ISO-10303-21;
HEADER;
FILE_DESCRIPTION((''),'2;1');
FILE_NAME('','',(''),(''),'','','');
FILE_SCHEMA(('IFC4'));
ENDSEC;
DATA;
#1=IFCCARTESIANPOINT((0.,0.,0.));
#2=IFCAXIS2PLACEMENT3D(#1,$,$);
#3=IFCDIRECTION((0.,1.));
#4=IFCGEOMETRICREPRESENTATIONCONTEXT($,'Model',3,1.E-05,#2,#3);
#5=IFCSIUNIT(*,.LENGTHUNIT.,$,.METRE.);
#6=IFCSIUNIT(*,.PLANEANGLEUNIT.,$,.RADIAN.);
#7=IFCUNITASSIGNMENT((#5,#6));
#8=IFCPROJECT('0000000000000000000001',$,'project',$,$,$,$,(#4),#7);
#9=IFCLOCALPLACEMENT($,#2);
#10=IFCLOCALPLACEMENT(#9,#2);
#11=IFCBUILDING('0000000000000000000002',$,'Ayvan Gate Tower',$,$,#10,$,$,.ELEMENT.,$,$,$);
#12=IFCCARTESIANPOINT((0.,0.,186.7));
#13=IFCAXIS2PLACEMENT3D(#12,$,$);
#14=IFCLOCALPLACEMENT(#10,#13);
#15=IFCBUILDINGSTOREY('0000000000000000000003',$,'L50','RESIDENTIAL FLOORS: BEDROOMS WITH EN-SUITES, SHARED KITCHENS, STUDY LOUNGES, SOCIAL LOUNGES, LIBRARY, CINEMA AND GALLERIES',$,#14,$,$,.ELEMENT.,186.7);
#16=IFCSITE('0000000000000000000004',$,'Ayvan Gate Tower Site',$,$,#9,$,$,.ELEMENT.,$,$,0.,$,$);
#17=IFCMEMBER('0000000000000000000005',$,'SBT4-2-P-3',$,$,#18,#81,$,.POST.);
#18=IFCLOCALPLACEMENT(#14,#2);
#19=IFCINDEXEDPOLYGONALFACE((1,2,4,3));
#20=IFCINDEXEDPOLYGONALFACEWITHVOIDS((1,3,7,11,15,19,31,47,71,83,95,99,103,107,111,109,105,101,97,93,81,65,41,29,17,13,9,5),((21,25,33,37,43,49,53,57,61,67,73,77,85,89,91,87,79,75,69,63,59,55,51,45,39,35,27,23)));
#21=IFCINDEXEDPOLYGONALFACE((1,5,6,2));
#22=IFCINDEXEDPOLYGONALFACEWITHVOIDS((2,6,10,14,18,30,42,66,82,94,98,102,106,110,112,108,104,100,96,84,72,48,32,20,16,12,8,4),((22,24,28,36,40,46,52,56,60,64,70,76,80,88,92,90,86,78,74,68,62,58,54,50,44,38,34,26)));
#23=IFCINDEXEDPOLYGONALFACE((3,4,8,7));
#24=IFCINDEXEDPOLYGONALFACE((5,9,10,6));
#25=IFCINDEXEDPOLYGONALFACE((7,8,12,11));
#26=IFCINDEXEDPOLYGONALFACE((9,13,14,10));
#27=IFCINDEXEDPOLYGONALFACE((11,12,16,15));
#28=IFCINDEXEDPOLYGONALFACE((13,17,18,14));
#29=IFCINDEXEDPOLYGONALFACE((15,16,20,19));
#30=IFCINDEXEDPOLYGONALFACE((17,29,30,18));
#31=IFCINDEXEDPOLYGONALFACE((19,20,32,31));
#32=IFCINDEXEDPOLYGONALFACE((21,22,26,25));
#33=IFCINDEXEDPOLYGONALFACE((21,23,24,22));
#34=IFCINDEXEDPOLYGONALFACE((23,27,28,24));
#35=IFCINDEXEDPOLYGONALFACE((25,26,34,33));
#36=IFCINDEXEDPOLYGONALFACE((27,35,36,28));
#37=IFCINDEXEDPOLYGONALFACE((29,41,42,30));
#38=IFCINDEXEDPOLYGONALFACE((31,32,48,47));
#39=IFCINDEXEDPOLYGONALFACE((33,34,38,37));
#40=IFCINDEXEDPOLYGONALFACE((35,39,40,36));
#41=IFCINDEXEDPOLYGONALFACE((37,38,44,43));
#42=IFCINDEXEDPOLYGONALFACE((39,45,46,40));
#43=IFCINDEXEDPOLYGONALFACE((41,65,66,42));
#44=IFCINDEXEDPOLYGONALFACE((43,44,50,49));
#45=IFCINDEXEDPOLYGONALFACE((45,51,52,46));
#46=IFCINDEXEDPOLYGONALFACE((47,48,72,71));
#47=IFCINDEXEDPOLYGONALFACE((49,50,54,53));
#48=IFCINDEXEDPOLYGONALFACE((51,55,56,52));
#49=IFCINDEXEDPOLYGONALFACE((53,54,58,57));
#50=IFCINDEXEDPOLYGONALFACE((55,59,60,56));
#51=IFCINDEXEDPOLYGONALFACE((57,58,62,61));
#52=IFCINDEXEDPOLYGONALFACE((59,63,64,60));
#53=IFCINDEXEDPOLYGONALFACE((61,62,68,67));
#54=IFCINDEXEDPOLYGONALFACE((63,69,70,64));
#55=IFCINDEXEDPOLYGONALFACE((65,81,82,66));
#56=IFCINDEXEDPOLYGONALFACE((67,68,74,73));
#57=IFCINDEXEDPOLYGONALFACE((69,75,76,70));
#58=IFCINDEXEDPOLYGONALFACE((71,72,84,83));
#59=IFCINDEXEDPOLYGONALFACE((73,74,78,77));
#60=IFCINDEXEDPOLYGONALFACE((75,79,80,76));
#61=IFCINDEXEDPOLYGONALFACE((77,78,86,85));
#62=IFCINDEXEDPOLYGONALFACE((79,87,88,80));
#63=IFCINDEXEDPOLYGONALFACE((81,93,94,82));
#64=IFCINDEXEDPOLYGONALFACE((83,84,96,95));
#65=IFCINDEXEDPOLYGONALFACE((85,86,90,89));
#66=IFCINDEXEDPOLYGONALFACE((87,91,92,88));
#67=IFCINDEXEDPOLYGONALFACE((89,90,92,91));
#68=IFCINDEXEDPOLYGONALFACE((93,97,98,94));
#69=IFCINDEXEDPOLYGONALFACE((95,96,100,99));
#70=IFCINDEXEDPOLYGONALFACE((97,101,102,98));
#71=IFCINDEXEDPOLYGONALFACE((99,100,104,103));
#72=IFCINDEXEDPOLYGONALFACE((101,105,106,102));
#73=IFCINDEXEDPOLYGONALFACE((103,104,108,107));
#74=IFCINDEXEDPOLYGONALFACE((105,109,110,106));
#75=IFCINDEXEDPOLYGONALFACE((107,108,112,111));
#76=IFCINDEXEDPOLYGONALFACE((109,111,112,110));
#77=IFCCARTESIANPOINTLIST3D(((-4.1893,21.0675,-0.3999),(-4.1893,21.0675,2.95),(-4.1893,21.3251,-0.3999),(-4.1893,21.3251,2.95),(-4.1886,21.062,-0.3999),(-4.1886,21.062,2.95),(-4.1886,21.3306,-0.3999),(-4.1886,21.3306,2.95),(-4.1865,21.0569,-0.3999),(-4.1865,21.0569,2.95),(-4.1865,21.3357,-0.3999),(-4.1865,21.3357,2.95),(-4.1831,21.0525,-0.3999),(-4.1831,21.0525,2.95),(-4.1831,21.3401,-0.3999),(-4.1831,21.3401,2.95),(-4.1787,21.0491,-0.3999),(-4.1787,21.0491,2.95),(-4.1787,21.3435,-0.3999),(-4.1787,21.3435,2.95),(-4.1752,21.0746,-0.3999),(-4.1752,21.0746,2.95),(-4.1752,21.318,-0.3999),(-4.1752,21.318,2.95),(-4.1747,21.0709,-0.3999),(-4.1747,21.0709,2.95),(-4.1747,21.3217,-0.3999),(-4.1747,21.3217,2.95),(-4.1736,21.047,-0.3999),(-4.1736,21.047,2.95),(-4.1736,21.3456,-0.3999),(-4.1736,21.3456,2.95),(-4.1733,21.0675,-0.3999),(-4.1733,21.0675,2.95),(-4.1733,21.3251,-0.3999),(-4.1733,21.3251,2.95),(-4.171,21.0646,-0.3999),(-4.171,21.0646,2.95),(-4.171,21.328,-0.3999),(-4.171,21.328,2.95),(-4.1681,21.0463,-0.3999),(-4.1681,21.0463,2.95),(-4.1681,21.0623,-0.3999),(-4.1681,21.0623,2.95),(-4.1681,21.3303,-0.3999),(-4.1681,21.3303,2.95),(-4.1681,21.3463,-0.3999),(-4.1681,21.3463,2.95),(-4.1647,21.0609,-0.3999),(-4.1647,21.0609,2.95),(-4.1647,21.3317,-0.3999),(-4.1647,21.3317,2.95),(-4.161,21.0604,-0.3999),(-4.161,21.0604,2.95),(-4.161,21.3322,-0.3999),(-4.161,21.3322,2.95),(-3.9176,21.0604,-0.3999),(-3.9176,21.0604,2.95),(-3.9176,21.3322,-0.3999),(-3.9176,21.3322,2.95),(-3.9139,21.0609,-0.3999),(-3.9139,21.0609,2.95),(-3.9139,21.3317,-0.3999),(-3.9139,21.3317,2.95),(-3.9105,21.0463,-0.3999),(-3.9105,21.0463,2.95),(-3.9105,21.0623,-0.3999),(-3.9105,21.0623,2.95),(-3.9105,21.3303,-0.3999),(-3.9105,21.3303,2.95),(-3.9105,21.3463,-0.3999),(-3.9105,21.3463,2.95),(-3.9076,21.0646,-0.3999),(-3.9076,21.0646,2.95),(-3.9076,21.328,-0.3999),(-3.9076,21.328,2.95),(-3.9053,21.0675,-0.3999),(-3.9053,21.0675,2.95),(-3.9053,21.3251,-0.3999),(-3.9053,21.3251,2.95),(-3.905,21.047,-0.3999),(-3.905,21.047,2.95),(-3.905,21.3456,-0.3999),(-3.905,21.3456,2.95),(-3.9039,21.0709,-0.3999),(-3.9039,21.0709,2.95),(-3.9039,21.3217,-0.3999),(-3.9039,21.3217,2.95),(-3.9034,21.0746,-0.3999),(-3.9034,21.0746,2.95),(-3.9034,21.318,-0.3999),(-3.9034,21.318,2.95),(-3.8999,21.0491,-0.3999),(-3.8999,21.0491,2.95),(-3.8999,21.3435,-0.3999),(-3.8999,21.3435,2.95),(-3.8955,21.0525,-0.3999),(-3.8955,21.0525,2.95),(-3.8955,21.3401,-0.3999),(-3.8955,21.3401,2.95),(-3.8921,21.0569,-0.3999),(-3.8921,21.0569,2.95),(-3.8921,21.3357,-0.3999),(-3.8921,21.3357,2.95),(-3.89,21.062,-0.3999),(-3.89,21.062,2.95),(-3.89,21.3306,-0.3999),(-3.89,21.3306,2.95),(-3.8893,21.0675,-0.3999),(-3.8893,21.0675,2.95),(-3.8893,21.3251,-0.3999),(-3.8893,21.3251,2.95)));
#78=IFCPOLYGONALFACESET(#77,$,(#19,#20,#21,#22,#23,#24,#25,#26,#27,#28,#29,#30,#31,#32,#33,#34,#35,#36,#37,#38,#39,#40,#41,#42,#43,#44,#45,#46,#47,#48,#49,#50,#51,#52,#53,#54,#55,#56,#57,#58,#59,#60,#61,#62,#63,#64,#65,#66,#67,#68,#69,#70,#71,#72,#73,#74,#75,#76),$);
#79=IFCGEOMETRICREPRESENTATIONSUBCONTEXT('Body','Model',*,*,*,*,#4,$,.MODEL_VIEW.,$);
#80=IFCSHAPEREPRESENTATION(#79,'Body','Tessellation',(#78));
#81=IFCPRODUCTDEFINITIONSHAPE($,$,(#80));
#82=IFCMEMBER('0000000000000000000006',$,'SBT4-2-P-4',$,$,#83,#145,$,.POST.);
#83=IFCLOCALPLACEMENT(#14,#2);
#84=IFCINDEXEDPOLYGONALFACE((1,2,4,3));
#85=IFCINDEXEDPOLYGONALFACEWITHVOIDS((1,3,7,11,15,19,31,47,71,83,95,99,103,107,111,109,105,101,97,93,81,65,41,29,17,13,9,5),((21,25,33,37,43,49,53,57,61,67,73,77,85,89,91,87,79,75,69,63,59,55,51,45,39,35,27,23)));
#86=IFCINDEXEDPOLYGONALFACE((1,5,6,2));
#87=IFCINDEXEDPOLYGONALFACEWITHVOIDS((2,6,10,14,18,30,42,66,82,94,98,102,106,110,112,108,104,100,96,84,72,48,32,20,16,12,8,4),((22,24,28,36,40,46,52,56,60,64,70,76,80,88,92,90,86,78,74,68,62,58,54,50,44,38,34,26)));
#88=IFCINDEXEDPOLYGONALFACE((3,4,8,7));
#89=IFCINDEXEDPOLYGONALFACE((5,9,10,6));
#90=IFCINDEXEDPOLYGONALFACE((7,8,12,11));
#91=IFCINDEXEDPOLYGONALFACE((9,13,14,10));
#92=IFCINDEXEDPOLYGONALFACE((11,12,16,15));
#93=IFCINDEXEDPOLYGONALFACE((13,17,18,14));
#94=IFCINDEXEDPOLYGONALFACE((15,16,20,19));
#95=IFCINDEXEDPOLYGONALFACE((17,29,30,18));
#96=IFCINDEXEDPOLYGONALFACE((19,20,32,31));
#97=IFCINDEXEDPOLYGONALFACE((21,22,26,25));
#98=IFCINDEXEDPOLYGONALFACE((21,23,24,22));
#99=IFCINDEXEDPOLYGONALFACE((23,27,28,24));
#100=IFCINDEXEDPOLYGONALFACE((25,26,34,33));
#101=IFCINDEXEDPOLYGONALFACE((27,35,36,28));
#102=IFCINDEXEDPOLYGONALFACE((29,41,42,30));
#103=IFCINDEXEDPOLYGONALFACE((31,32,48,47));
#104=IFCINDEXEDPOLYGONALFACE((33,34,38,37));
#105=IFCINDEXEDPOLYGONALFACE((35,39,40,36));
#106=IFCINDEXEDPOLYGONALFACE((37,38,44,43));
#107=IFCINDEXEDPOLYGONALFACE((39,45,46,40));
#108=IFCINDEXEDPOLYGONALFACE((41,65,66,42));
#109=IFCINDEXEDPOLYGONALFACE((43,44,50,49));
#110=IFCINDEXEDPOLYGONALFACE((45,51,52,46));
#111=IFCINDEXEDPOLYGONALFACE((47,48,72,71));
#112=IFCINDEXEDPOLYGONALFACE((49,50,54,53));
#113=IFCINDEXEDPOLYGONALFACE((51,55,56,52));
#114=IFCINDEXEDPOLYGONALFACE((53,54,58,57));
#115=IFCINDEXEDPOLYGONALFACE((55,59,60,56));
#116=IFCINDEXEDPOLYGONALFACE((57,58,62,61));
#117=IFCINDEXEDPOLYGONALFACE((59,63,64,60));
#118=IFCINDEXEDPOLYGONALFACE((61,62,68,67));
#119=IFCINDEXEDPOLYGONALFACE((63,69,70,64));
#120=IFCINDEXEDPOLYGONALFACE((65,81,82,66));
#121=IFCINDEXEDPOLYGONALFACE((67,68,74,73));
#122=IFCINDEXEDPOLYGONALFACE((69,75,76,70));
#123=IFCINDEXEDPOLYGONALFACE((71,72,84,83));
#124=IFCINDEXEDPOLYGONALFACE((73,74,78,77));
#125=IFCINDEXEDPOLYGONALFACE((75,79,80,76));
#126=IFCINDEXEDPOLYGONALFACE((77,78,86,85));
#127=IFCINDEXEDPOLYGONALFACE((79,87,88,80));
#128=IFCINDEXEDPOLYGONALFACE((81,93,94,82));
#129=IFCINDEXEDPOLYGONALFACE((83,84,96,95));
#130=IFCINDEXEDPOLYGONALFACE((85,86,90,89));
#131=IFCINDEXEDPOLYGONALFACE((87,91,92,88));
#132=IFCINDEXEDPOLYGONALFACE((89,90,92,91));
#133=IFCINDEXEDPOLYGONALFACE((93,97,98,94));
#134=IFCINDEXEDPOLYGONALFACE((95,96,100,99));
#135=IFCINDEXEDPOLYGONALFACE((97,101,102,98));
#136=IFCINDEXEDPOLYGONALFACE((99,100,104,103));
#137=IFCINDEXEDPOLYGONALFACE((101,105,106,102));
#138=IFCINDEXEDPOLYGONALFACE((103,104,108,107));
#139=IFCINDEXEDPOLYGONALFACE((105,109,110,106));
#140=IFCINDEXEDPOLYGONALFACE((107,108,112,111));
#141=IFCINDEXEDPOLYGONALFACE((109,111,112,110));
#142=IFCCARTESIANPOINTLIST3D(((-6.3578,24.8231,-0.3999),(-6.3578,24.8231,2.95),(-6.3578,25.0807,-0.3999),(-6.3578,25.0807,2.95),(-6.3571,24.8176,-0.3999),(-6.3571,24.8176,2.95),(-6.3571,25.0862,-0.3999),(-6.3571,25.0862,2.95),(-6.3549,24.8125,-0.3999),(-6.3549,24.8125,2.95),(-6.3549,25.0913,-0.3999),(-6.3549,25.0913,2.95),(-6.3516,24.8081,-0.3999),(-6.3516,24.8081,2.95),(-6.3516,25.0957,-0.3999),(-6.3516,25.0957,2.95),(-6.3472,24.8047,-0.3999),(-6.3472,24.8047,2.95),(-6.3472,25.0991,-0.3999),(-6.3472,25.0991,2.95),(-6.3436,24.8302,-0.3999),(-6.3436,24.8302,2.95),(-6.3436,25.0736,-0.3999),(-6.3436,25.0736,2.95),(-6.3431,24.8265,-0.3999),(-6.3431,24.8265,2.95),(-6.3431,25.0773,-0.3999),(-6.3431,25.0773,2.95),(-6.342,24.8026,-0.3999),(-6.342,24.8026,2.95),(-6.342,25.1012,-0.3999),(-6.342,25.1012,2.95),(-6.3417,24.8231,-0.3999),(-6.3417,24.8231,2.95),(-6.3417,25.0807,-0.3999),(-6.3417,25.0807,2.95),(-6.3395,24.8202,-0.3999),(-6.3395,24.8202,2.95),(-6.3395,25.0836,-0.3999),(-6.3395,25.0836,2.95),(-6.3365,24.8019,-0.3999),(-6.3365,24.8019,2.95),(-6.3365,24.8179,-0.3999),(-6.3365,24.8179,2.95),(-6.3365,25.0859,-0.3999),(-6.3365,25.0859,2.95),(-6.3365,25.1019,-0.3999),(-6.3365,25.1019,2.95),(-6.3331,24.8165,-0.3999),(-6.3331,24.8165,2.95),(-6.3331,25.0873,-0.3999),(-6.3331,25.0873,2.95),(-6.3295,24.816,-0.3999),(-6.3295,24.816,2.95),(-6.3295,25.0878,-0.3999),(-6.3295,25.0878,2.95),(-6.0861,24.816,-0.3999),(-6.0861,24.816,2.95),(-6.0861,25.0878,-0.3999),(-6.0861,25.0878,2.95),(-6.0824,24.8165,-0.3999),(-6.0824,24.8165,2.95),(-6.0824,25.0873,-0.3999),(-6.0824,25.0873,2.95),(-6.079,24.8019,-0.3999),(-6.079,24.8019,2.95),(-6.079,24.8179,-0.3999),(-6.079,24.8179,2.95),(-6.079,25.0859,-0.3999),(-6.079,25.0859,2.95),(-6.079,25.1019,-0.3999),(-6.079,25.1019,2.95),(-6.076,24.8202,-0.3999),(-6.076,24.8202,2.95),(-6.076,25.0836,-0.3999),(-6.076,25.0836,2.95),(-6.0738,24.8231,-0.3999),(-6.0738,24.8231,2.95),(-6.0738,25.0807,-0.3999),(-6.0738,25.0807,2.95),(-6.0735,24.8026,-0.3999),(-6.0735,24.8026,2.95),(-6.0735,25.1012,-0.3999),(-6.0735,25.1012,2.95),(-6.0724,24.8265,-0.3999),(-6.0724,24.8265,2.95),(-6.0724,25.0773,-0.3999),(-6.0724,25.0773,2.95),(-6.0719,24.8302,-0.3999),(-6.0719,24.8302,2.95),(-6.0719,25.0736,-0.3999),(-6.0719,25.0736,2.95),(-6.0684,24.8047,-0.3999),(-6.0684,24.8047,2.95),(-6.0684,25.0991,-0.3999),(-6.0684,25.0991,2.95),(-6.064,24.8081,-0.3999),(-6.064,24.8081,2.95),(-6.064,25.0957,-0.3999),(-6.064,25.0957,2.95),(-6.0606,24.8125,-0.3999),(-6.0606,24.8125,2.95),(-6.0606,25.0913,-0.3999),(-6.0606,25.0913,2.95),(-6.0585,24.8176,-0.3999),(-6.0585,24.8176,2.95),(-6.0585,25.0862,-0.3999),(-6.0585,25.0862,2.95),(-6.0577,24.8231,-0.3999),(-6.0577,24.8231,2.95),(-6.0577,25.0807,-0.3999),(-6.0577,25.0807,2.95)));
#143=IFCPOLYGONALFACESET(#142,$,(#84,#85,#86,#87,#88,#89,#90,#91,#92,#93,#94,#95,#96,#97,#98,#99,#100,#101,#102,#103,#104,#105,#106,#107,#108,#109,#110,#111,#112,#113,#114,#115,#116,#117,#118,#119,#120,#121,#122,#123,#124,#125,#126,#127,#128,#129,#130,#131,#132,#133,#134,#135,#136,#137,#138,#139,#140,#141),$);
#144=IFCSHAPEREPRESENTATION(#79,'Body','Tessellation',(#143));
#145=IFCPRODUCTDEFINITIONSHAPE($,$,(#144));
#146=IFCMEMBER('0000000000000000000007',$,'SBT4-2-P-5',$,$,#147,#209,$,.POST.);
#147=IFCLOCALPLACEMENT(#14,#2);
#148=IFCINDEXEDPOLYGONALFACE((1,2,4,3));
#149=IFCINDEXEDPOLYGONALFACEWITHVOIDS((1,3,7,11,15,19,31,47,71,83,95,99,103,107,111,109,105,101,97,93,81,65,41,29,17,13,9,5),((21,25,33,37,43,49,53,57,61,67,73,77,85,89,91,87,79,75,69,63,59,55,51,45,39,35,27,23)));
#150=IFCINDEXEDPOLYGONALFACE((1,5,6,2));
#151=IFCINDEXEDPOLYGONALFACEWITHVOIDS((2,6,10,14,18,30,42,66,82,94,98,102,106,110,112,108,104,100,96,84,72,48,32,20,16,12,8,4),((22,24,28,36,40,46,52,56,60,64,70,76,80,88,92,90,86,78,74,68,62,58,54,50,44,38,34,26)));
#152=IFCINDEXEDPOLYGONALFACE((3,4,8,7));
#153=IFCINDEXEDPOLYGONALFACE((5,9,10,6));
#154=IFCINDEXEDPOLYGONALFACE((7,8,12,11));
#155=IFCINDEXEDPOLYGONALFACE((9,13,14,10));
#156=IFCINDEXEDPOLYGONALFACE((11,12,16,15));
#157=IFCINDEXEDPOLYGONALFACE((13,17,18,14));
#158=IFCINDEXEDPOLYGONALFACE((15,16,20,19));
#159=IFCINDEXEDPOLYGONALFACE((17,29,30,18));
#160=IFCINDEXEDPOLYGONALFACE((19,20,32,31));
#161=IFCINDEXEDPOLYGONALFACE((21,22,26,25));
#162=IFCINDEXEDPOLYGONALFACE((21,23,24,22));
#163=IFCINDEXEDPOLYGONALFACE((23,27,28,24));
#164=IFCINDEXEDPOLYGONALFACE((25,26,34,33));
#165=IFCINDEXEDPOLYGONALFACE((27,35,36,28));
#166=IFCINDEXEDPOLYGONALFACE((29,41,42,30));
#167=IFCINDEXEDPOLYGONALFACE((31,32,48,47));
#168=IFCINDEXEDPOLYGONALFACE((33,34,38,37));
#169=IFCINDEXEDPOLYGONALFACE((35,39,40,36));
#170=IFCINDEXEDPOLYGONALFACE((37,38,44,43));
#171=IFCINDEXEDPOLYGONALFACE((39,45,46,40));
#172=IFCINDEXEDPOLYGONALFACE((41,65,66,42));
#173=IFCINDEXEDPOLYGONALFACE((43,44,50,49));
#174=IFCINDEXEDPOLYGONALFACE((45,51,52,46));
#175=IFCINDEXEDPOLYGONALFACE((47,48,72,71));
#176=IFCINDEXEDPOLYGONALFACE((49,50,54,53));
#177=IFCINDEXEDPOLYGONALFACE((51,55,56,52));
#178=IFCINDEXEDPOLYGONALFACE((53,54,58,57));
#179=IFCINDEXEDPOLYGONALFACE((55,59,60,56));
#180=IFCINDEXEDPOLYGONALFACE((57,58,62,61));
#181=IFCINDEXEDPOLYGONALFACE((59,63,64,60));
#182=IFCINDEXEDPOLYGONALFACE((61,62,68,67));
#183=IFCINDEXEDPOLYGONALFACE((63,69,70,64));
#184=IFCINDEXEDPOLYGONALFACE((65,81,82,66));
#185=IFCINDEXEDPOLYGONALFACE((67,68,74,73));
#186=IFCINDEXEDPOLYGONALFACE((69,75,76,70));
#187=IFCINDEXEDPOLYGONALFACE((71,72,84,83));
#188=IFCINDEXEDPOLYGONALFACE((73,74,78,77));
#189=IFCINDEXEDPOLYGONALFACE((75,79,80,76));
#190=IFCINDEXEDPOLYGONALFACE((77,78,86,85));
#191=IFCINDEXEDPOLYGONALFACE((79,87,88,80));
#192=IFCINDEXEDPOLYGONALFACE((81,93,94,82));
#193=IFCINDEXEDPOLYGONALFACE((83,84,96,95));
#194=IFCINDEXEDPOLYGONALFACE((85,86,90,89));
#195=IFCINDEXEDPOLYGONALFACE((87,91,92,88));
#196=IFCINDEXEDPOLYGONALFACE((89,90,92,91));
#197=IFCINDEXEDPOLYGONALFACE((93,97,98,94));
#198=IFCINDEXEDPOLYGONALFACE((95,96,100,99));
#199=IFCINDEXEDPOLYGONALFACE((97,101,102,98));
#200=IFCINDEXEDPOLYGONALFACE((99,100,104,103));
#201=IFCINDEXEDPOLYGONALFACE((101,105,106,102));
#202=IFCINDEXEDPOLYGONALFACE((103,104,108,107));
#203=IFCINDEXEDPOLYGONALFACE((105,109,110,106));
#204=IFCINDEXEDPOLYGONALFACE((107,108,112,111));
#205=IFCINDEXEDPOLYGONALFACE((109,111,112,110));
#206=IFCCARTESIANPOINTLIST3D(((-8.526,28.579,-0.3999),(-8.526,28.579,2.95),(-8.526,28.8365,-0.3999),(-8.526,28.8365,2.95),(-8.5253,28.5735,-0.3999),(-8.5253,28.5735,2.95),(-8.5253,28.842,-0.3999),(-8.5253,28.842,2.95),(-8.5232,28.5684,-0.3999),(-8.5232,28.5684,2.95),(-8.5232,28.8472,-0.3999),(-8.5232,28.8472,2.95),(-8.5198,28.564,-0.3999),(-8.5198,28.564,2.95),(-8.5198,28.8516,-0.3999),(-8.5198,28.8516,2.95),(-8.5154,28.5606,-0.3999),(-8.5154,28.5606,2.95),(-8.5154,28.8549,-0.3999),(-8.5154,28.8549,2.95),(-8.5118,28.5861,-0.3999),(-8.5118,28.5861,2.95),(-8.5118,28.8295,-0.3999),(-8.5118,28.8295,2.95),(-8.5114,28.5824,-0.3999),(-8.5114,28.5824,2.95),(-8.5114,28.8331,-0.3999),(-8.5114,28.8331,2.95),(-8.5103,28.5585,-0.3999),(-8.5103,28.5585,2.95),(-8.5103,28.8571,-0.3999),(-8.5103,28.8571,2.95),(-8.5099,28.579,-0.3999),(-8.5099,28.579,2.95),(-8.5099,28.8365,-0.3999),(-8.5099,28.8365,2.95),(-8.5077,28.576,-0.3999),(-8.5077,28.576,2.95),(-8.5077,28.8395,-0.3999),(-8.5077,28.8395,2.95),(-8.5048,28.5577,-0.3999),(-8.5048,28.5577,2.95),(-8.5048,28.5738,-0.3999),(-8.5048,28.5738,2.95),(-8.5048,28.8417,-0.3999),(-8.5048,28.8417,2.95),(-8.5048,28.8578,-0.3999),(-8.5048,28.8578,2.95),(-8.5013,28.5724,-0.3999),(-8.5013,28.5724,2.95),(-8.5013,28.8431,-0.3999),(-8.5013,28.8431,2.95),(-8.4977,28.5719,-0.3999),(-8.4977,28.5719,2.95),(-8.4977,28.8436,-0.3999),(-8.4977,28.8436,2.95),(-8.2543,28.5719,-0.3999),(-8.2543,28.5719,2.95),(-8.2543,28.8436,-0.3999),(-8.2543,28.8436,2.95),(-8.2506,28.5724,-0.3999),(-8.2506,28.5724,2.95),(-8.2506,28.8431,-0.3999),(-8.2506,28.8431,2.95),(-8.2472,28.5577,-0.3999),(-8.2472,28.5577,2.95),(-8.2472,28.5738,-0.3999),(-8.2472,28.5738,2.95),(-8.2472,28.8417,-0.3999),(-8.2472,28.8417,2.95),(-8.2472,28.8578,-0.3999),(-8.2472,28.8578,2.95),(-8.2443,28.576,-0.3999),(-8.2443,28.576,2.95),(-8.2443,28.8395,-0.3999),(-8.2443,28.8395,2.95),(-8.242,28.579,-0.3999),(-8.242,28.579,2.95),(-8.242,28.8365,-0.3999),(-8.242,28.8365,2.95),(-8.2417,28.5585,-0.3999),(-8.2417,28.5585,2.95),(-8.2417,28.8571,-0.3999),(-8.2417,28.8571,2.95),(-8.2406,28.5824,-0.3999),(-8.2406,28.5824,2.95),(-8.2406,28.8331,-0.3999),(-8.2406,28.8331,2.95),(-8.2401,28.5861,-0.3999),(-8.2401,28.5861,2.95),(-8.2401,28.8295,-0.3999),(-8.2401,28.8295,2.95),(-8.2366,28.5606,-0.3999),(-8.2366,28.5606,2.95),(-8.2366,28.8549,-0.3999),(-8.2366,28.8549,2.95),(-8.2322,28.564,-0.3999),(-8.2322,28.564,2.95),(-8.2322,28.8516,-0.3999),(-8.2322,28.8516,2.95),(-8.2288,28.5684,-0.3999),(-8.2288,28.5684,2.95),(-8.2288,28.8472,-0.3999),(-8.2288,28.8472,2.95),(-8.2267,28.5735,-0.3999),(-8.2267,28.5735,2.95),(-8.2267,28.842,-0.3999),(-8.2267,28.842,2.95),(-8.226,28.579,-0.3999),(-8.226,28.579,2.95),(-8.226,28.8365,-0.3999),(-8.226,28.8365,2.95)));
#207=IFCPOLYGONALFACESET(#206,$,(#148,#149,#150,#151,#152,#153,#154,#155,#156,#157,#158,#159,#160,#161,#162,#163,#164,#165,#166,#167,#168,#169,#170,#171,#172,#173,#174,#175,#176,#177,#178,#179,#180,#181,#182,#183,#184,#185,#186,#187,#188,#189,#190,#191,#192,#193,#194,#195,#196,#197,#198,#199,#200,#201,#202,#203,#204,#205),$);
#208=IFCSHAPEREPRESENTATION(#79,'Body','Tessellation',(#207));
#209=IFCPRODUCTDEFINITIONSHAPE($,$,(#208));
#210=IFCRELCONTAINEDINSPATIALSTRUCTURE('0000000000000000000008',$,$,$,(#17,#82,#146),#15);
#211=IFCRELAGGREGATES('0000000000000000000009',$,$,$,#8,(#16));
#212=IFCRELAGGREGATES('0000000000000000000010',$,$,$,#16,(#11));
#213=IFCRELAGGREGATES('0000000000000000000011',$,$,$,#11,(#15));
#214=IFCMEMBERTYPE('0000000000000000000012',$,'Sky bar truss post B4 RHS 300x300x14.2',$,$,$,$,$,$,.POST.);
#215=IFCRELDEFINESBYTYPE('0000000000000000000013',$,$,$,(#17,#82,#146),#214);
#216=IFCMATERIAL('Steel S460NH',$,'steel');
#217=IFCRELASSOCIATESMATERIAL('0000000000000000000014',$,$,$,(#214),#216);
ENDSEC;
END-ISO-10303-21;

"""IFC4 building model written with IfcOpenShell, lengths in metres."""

from ifc_helpers import new_model, si_unit, direction, frame, origin, origin_2d, place, context, subcontext, project, spatial, hollow_rectangle, extrude, material, material_profile, profile_set, type_object, element, save


model = new_model("IFC4")

# Units and contexts
model_context = context("Model", 3, precision=1e-05, world=origin(), true_north=direction((0.0, 1.0)))
body_context = subcontext(model_context, "Body", "Model", "MODEL_VIEW")
ifc_project = project(units=[si_unit("LENGTHUNIT", "METRE"), si_unit("PLANEANGLEUNIT", "RADIAN")], contexts=[model_context])

# Site, building, storey
site_placement = place(None, origin())
site = spatial("IfcSite", under=ifc_project, at=site_placement, Name="Ayvan Gate Tower Site", CompositionType="ELEMENT", RefElevation=0.0)
building_placement = place(site_placement, origin())
building = spatial("IfcBuilding", under=site, at=building_placement, Name="Ayvan Gate Tower", CompositionType="ELEMENT")
storey_placement = place(building_placement, frame((0.0, 0.0, 186.7)))
storey = spatial("IfcBuildingStorey", under=building, at=storey_placement, Name="L50", Description="RESIDENTIAL FLOORS: BEDROOMS WITH EN-SUITES, SHARED KITCHENS, STUDY LOUNGES, SOCIAL LOUNGES, LIBRARY, CINEMA AND GALLERIES", CompositionType="ELEMENT", Elevation=186.7)

# Members
ifc_material_1 = material(Name="Steel S460NH", Category="steel")
ifc_material_profile_1 = material_profile(ifc_material_1, hollow_rectangle(XDim=0.3, YDim=0.3, WallThickness=0.0142, InnerFilletRadius=0.0142, OuterFilletRadius=0.0212, at=origin_2d()), Name="RHS 300x300x14.2")
ifc_profile_set_1 = profile_set([ifc_material_profile_1], Name="Steel S460NH")
member_type_1 = type_object("IfcMemberType", Name="Sky bar truss post B4 RHS 300x300x14.2", PredefinedType="POST", material=ifc_profile_set_1)
for number, where, z_axis, x_axis, name in (
    (1, (-4.0393, 21.1963, -0.3999), (0.0, 0.0, 1.0), (1.0, 0.0, 0.0), "SBT4-2-P-3"),
    (2, (-6.2078, 24.9519, -0.3999), (0.0, 0.0, 1.0), (1.0, 0.0, 0.0), "SBT4-2-P-4"),
    (3, (-8.376, 28.7078, -0.3999), (0.0, 0.0, 1.0), (1.0, 0.0, 0.0), "SBT4-2-P-5"),
):
    element("IfcMember", number, at=place(storey_placement, frame(where, z_axis=z_axis, x_axis=x_axis)), inside=storey, type_object=member_type_1, Name=name, PredefinedType="POST", context=body_context, shape_type="SweptSolid", body=[
        extrude(hollow_rectangle(XDim=0.3, YDim=0.3, WallThickness=0.0142, InnerFilletRadius=0.0142, OuterFilletRadius=0.0212, at=origin_2d()), origin(), (0.0, 0.0, 1.0), 3.3499),
    ])

save(model, "model.ifc")
